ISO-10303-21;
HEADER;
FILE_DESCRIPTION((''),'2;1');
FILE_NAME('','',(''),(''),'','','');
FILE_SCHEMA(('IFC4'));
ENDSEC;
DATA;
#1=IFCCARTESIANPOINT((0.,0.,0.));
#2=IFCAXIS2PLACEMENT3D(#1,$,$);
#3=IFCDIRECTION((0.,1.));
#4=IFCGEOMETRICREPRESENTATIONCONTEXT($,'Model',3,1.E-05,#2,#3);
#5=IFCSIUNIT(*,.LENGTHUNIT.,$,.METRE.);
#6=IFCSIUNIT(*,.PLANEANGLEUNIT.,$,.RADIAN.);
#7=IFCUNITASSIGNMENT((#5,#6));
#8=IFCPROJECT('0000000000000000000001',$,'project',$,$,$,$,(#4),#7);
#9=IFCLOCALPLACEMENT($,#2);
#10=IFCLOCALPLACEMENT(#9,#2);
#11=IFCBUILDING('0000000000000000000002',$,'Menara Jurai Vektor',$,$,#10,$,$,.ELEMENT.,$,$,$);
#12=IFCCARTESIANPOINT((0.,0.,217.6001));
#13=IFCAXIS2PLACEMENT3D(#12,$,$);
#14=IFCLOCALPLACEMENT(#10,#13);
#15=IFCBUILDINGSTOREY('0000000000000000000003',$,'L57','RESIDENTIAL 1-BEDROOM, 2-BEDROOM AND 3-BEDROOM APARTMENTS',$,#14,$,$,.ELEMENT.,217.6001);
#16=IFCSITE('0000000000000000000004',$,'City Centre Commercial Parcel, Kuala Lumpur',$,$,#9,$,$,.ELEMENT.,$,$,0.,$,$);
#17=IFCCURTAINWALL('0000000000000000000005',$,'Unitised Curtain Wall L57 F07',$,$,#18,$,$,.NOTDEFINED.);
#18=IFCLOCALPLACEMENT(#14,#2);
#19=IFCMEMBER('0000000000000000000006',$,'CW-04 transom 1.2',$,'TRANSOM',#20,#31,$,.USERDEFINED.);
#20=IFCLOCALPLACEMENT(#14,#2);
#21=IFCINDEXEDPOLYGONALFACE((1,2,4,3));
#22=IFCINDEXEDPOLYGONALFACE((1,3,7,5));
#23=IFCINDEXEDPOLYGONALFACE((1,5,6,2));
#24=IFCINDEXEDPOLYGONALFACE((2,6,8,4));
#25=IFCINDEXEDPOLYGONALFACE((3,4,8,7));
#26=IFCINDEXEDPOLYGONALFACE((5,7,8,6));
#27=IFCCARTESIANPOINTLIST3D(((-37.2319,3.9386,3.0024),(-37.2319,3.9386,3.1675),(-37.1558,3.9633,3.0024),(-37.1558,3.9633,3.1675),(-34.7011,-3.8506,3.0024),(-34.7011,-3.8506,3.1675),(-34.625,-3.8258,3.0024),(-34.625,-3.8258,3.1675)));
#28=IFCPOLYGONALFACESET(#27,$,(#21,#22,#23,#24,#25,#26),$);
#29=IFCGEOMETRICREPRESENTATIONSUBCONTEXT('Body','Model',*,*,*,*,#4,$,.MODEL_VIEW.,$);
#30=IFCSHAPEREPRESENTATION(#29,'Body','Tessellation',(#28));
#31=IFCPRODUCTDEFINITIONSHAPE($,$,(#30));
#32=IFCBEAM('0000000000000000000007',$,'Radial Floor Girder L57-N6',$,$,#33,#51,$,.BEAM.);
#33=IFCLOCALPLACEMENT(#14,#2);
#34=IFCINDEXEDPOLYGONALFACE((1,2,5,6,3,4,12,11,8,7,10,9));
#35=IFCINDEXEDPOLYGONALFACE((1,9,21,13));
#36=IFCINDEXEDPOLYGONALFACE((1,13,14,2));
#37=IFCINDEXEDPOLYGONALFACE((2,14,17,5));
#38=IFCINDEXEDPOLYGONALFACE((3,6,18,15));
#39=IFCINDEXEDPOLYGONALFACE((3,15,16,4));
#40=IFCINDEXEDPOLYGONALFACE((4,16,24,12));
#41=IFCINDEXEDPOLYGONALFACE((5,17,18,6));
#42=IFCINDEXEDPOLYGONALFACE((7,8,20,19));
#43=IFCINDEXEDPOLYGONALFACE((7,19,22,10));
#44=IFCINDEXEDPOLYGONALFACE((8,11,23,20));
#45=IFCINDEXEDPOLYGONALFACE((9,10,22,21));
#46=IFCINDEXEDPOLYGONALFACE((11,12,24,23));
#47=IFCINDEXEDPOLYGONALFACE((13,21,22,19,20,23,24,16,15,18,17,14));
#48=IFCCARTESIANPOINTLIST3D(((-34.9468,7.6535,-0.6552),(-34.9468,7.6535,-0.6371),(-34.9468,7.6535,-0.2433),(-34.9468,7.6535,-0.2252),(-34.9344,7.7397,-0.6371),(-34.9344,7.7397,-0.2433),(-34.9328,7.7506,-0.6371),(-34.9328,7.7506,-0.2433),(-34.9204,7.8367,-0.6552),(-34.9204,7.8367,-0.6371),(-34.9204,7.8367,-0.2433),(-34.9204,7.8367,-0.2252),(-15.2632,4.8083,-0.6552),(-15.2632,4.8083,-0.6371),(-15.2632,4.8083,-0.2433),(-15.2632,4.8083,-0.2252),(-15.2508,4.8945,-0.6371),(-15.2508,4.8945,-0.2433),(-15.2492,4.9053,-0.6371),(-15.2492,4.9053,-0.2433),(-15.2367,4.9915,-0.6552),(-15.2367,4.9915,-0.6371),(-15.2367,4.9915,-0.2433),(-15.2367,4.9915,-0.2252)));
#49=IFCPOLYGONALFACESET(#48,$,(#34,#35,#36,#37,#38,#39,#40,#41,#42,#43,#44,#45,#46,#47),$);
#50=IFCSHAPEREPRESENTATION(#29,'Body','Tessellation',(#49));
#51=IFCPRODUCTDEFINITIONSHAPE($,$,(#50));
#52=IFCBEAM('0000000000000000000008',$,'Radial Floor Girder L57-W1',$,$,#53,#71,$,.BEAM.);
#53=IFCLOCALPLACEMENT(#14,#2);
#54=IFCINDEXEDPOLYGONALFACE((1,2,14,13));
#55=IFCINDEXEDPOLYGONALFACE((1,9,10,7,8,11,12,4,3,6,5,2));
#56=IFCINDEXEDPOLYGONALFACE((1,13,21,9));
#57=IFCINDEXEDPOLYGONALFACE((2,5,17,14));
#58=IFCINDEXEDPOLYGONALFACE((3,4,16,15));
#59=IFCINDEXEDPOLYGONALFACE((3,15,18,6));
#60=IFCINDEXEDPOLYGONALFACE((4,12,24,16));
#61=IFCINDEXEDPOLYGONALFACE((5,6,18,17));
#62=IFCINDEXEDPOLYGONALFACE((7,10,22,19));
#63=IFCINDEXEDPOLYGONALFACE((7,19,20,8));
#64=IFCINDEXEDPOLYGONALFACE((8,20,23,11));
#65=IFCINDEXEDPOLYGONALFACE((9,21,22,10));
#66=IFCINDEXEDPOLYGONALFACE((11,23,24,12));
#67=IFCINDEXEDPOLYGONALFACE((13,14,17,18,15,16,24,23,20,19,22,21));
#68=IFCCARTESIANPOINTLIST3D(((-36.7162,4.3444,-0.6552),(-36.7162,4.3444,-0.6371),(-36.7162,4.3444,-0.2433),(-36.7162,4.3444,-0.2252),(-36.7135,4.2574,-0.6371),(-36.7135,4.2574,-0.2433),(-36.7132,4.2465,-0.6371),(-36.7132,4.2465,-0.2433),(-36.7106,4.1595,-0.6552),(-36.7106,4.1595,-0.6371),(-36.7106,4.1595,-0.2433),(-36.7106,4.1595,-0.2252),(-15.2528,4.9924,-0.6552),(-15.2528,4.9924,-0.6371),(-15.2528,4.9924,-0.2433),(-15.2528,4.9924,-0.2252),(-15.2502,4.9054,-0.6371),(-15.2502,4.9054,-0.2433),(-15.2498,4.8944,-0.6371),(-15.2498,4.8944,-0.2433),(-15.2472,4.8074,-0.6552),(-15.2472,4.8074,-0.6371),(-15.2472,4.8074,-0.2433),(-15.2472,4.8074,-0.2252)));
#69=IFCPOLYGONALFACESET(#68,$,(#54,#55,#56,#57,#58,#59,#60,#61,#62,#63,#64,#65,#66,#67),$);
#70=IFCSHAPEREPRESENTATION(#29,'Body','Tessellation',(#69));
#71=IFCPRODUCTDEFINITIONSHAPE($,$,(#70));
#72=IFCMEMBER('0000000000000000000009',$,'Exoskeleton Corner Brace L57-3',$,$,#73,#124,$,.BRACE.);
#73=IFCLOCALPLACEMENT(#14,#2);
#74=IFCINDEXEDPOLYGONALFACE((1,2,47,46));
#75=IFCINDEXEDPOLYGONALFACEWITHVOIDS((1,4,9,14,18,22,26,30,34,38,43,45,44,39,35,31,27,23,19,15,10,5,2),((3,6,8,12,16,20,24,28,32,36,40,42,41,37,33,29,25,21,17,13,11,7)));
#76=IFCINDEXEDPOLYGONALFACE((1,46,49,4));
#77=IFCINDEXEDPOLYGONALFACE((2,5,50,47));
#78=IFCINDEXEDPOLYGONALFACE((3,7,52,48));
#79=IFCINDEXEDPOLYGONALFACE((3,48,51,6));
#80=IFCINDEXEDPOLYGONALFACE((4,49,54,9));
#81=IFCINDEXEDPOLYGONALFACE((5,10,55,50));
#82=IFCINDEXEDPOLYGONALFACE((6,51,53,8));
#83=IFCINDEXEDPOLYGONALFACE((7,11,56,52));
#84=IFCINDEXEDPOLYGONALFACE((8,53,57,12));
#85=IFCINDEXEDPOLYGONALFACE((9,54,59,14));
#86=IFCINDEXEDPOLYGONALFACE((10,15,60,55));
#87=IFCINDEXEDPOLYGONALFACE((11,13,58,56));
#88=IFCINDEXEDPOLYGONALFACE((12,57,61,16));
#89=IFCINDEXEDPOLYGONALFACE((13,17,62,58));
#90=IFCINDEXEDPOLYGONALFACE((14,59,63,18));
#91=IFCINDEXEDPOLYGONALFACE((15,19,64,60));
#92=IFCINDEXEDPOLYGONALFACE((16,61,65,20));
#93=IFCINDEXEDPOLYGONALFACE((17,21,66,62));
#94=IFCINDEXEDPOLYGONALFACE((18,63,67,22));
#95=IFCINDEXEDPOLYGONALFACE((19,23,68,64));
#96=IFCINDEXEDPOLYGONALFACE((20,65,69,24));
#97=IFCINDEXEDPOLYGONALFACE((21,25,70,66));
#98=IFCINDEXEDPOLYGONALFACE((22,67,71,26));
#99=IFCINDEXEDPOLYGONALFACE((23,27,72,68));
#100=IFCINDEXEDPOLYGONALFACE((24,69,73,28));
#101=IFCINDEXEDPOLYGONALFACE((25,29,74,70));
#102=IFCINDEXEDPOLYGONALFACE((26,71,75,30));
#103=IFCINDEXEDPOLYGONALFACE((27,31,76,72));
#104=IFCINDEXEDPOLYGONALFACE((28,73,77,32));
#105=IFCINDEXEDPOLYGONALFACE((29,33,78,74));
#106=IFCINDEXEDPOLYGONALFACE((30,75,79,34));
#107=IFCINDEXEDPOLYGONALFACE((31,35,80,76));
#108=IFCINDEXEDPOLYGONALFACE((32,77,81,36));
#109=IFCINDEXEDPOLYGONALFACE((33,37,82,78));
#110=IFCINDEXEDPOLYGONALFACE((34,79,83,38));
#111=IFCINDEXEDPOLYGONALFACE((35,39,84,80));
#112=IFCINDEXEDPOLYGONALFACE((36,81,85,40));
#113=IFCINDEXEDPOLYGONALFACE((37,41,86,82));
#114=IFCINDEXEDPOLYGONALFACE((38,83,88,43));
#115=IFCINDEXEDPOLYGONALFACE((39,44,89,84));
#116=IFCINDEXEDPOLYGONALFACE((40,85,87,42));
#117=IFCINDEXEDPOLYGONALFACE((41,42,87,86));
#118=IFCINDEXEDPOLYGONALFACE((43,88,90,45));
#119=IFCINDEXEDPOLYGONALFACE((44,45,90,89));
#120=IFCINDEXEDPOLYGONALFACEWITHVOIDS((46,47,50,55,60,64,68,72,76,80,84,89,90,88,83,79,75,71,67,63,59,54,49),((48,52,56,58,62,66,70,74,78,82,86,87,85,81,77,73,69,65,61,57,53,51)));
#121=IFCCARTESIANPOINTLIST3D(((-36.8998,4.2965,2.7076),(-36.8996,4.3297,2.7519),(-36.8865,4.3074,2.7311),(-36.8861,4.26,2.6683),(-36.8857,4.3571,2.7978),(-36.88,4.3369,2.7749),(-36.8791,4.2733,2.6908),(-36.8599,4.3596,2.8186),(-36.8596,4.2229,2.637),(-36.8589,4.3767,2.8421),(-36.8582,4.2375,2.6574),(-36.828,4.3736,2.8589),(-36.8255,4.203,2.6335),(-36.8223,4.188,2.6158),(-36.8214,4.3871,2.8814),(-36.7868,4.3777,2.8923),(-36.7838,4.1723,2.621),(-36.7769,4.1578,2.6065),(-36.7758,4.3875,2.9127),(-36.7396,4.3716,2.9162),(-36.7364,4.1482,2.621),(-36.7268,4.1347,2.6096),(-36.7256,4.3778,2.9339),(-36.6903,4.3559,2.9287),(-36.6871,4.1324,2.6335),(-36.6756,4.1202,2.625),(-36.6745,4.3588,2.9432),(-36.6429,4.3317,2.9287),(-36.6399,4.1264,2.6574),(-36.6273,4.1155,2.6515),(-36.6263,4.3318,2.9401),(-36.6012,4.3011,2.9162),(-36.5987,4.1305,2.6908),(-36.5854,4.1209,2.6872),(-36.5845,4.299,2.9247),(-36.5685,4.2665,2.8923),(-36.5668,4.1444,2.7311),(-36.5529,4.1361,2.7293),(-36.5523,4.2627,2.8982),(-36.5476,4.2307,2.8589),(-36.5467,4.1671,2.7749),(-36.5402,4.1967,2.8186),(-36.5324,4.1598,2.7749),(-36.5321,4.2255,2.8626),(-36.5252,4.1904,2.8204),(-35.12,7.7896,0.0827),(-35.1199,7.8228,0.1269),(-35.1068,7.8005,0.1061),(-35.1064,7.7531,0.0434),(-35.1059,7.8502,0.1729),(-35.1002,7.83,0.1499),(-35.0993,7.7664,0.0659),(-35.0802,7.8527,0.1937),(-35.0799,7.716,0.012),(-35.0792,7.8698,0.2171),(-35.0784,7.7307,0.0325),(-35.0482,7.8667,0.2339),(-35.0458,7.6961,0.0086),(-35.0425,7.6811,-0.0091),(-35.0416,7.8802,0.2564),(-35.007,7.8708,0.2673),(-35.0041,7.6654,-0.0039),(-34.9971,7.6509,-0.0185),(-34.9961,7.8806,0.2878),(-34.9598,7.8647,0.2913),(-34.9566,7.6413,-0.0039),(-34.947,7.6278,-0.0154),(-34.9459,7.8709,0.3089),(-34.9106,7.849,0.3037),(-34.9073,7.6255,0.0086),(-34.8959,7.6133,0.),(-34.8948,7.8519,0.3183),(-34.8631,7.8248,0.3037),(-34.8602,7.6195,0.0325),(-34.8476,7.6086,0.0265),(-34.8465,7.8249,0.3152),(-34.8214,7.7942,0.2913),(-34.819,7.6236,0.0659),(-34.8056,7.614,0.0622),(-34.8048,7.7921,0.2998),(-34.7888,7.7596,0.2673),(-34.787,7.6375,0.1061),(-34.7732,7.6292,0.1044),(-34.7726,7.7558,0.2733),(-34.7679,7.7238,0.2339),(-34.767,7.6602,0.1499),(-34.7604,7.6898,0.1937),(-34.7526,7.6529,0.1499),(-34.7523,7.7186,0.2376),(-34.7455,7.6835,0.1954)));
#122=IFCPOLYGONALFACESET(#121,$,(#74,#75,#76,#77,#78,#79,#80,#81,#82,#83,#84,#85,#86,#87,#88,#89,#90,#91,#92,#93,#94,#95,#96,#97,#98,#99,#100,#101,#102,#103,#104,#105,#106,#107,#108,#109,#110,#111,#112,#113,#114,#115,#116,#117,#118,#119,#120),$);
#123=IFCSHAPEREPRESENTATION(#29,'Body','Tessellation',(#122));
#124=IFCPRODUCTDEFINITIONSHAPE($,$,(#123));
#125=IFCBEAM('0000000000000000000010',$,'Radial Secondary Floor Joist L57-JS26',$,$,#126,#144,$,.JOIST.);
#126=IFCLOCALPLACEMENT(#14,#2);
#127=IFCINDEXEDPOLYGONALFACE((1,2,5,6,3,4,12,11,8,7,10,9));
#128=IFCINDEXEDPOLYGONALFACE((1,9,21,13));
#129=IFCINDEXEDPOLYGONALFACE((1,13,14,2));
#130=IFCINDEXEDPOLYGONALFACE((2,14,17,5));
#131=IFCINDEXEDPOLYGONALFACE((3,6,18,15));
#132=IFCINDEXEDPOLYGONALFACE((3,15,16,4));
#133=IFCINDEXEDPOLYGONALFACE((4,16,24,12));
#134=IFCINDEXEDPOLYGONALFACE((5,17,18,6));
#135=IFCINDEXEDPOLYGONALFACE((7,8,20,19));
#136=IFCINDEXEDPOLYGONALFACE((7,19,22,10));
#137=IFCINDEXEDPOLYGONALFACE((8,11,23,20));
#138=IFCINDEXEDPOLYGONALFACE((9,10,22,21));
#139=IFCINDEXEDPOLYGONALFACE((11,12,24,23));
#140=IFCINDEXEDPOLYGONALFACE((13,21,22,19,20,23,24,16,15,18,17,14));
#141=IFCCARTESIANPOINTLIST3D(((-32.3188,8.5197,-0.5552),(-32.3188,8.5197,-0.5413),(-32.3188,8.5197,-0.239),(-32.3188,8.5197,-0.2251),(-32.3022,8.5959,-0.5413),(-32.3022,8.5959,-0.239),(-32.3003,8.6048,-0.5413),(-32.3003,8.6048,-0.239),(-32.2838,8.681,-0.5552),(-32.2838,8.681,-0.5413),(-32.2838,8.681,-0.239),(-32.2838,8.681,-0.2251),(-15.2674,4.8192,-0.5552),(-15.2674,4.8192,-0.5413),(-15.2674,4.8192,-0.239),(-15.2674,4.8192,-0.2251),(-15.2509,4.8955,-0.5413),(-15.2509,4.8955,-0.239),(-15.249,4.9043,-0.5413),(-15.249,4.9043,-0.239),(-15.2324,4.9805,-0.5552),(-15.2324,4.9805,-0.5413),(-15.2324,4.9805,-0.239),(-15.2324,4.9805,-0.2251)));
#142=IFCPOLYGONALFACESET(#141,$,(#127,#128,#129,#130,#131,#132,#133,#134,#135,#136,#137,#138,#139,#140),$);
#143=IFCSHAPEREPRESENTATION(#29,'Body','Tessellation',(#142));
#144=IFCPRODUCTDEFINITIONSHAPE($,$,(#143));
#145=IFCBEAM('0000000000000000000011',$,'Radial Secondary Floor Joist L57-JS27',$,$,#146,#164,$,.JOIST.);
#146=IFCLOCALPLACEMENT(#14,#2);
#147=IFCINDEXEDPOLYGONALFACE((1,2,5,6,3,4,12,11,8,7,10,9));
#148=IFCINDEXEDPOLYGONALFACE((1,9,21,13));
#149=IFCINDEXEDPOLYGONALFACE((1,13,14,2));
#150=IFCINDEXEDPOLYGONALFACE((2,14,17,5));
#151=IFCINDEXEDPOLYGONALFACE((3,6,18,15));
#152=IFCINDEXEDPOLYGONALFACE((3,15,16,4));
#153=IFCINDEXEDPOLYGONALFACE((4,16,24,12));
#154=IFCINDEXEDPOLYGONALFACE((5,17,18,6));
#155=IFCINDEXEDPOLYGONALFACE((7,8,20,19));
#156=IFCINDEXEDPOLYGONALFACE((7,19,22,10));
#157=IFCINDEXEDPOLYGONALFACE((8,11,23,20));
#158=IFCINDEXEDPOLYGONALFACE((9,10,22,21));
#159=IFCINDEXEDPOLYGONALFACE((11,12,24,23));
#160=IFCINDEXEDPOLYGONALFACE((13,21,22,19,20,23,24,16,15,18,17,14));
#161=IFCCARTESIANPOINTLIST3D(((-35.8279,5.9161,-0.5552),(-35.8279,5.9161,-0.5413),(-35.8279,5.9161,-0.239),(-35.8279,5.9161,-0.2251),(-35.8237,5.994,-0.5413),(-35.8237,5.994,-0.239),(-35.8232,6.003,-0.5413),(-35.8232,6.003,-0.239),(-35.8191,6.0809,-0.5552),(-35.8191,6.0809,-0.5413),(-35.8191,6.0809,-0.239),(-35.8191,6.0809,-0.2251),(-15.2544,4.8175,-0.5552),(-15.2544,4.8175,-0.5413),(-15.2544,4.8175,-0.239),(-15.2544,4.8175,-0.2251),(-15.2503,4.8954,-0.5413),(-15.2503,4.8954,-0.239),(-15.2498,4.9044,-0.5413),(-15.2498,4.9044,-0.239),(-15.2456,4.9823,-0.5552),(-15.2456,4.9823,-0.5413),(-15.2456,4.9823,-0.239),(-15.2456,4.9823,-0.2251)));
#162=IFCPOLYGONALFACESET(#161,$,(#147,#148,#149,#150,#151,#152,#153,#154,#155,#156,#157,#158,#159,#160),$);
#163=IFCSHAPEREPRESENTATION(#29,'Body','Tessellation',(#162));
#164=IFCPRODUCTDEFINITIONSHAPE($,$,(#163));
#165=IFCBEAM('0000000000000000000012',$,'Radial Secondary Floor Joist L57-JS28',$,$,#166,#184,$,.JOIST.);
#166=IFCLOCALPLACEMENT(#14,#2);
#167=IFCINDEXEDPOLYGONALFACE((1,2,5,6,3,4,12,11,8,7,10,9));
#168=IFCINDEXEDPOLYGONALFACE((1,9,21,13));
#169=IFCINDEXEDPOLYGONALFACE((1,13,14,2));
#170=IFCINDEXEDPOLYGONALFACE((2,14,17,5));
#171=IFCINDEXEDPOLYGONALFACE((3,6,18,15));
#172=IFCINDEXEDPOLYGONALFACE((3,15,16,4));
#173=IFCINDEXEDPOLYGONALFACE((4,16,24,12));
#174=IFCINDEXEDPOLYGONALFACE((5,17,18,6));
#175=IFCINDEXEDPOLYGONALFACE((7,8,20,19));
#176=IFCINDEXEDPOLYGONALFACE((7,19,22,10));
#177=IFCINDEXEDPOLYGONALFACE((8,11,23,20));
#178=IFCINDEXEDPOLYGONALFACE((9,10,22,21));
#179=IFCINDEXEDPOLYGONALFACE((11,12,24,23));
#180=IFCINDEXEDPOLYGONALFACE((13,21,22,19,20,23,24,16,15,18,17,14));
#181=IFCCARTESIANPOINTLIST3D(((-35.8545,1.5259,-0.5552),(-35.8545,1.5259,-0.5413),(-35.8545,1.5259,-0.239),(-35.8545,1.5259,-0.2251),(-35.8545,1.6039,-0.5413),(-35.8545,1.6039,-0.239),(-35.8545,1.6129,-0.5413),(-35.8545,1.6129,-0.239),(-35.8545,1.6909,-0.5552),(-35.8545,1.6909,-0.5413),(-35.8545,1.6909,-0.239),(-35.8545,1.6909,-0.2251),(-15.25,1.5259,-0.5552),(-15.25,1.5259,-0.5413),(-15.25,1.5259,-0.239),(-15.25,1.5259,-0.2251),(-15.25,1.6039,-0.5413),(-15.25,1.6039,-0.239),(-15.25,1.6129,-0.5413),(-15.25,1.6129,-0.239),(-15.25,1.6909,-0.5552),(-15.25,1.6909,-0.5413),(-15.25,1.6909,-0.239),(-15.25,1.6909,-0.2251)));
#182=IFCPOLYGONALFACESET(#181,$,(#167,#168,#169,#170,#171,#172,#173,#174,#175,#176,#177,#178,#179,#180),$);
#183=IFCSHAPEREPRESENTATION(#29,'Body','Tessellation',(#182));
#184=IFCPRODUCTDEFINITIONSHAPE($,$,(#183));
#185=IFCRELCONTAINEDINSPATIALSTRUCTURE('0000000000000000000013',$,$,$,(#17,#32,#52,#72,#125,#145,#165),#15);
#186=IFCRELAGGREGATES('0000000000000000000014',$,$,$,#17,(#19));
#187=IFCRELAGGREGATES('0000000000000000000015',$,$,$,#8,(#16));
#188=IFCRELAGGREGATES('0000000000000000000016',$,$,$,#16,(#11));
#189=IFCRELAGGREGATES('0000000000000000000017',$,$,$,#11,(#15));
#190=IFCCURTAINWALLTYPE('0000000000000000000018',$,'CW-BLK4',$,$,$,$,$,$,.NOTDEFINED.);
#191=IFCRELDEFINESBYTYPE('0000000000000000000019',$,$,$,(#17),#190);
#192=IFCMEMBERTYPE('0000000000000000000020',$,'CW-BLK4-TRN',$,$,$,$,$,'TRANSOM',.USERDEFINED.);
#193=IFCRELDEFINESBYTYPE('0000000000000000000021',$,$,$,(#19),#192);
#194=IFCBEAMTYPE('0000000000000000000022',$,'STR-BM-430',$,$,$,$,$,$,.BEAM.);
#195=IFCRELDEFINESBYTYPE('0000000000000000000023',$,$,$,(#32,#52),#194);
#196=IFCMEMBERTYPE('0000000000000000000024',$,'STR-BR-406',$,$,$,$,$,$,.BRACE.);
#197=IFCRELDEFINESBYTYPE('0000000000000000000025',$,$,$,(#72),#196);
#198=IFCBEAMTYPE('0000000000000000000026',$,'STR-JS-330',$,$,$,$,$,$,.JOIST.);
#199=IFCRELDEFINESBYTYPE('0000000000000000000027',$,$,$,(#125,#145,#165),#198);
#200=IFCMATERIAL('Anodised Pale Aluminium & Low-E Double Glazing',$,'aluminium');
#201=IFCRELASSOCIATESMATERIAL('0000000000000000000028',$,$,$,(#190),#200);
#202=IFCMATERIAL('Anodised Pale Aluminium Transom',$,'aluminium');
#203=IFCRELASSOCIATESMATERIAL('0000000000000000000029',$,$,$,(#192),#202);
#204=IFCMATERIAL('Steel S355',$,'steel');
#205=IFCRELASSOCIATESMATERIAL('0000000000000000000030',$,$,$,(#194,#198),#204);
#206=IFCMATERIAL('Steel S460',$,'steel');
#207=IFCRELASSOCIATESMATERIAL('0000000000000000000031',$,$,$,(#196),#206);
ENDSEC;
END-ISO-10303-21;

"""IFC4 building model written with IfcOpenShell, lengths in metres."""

from ifc_helpers import new_model, si_unit, direction, frame, origin, origin_2d, place, context, subcontext, project, spatial, rectangle, hollow_circle, i_section, extrude, material, material_profile, profile_set, type_object, element, aggregate, save


model = new_model("IFC4")

# Units and contexts
model_context = context("Model", 3, precision=1e-05, world=origin(), true_north=direction((0.0, 1.0)))
body_context = subcontext(model_context, "Body", "Model", "MODEL_VIEW")
ifc_project = project(units=[si_unit("LENGTHUNIT", "METRE"), si_unit("PLANEANGLEUNIT", "RADIAN")], contexts=[model_context])

# Site, building, storey
site_placement = place(None, origin())
site = spatial("IfcSite", under=ifc_project, at=site_placement, Name="City Centre Commercial Parcel, Kuala Lumpur", CompositionType="ELEMENT", RefElevation=0.0)
building_placement = place(site_placement, origin())
building = spatial("IfcBuilding", under=site, at=building_placement, Name="Menara Jurai Vektor", CompositionType="ELEMENT")
storey_placement = place(building_placement, frame((0.0, 0.0, 217.6001)))
storey = spatial("IfcBuildingStorey", under=building, at=storey_placement, Name="L57", Description="RESIDENTIAL 1-BEDROOM, 2-BEDROOM AND 3-BEDROOM APARTMENTS", CompositionType="ELEMENT", Elevation=217.6001)

# Shared definitions
ifc_material_1 = material(Name="Steel S460", Category="steel")

# Shared definitions
ifc_material_2 = material(Name="Anodised Pale Aluminium & Low-E Double Glazing", Category="aluminium")
curtain_wall_type = type_object("IfcCurtainWallType", Name="CW-BLK4", PredefinedType="NOTDEFINED", material=ifc_material_2)

# Curtain wall
curtain_wall_1_placement = place(storey_placement, origin())
curtain_wall_1 = element("IfcCurtainWall", 1, at=curtain_wall_1_placement, inside=storey, type_object=curtain_wall_type, Name="Unitised Curtain Wall L57 F07", PredefinedType="NOTDEFINED")

# Member
ifc_material_3 = material(Name="Anodised Pale Aluminium Transom", Category="aluminium")
ifc_material_profile_1 = material_profile(ifc_material_3, rectangle(XDim=0.0801, YDim=0.165, at=origin_2d()), Name="ALU TRN 80x165")
ifc_profile_set_1 = profile_set([ifc_material_profile_1], Name="Anodised Pale Aluminium Transom")
member_type_1 = type_object("IfcMemberType", Name="CW-BLK4-TRN", ElementType="TRANSOM", PredefinedType="USERDEFINED", material=ifc_profile_set_1)
member_1_placement = place(storey_placement, frame((-37.1938, 3.9509, 3.085), z_axis=(0.309011, -0.951059, 0.0), x_axis=(0.951059, 0.309011, 0.0)))
member_1 = element("IfcMember", 2, at=member_1_placement, type_object=member_type_1, Name="CW-04 transom 1.2", ObjectType="TRANSOM", PredefinedType="USERDEFINED", context=body_context, shape_type="SweptSolid", body=[
    extrude(rectangle(XDim=0.0801, YDim=0.165, at=origin_2d()), origin(), (0.0, 0.0, 1.0), 8.1899),
])

# Beams
ifc_material_4 = material(Name="Steel S355", Category="steel")
ifc_material_profile_2 = material_profile(ifc_material_4, i_section(OverallWidth=0.1851, OverallDepth=0.4299, WebThickness=0.011, FlangeThickness=0.0181, at=origin_2d()), Name="PG 430x185x76")
ifc_profile_set_2 = profile_set([ifc_material_profile_2], Name="Steel S355")
beam_type_1 = type_object("IfcBeamType", Name="STR-BM-430", PredefinedType="BEAM", material=ifc_profile_set_2)
beam_1_placement = place(storey_placement, frame((-34.9336, 7.7451, -0.4402), z_axis=(0.989714, -0.143061, 0.0), x_axis=(0.143061, 0.989714, 0.0)))
element("IfcBeam", 3, at=beam_1_placement, inside=storey, type_object=beam_type_1, Name="Radial Floor Girder L57-N6", PredefinedType="BEAM", context=body_context, shape_type="SweptSolid", body=[
    extrude(i_section(OverallWidth=0.1851, OverallDepth=0.4299, WebThickness=0.011, FlangeThickness=0.0181, at=origin_2d()), origin(), (0.0, 0.0, 1.0), 19.8882),
])
beam_2_placement = place(storey_placement, frame((-36.7134, 4.252, -0.4402), z_axis=(0.999545, 0.030175, 0.0), x_axis=(-0.030175, 0.999545, 0.0)))
element("IfcBeam", 4, at=beam_2_placement, inside=storey, type_object=beam_type_1, Name="Radial Floor Girder L57-W1", PredefinedType="BEAM", context=body_context, shape_type="SweptSolid", body=[
    extrude(i_section(OverallWidth=0.1851, OverallDepth=0.4299, WebThickness=0.011, FlangeThickness=0.0181, at=origin_2d()), origin(), (0.0, 0.0, 1.0), 21.4731),
])

# Member
ifc_material_profile_3 = material_profile(ifc_material_1, hollow_circle(Radius=0.2031, WallThickness=0.0161, at=origin_2d()), Name="CHS 406.4x16")
ifc_profile_set_3 = profile_set([ifc_material_profile_3], Name="Steel S460")
member_type_2 = type_object("IfcMemberType", Name="STR-BR-406", PredefinedType="BRACE", material=ifc_profile_set_3)
member_2_placement = place(storey_placement, frame((-34.9336, 7.7451, 0.1499), z_axis=(-0.377225, -0.740375, 0.556368), x_axis=(0.891014, -0.453976, 0.0)))
element("IfcMember", 5, at=member_2_placement, inside=storey, type_object=member_type_2, Name="Exoskeleton Corner Brace L57-3", PredefinedType="BRACE", context=body_context, shape_type="SweptSolid", body=[
    extrude(hollow_circle(Radius=0.2031, WallThickness=0.0161, at=origin_2d()), origin(), (0.0, 0.0, 1.0), 4.718),
])

# Beams
ifc_material_profile_4 = material_profile(ifc_material_4, i_section(OverallWidth=0.165, OverallDepth=0.3301, WebThickness=0.009, FlangeThickness=0.0139, at=origin_2d()), Name="PG 330x165x46")
ifc_profile_set_4 = profile_set([ifc_material_profile_4], Name="Steel S355")
beam_type_2 = type_object("IfcBeamType", Name="STR-JS-330", PredefinedType="JOIST", material=ifc_profile_set_4)
beam_3_placement = place(storey_placement, frame((-32.3013, 8.6003, -0.3901), z_axis=(0.977252, -0.212082, 0.0), x_axis=(0.212082, 0.977252, 0.0)))
element("IfcBeam", 6, at=beam_3_placement, inside=storey, type_object=beam_type_2, Name="Radial Secondary Floor Joist L57-JS26", PredefinedType="JOIST", context=body_context, shape_type="SweptSolid", body=[
    extrude(i_section(OverallWidth=0.165, OverallDepth=0.3301, WebThickness=0.009, FlangeThickness=0.0139, at=origin_2d()), origin(), (0.0, 0.0, 1.0), 17.4482),
])
beam_4_placement = place(storey_placement, frame((-35.8235, 5.9985, -0.3901), z_axis=(0.998577, -0.053324, 0.0), x_axis=(0.053324, 0.998577, 0.0)))
element("IfcBeam", 7, at=beam_4_placement, inside=storey, type_object=beam_type_2, Name="Radial Secondary Floor Joist L57-JS27", PredefinedType="JOIST", context=body_context, shape_type="SweptSolid", body=[
    extrude(i_section(OverallWidth=0.165, OverallDepth=0.3301, WebThickness=0.009, FlangeThickness=0.0139, at=origin_2d()), origin(), (0.0, 0.0, 1.0), 20.6028),
])
beam_5_placement = place(storey_placement, frame((-35.8545, 1.6084, -0.3901), z_axis=(1.0, 0.0, 0.0), x_axis=(0.0, 1.0, 0.0)))
element("IfcBeam", 8, at=beam_5_placement, inside=storey, type_object=beam_type_2, Name="Radial Secondary Floor Joist L57-JS28", PredefinedType="JOIST", context=body_context, shape_type="SweptSolid", body=[
    extrude(i_section(OverallWidth=0.165, OverallDepth=0.3301, WebThickness=0.009, FlangeThickness=0.0139, at=origin_2d()), origin(), (0.0, 0.0, 1.0), 20.6045),
])

aggregate(curtain_wall_1, [member_1])

save(model, "model.ifc")
